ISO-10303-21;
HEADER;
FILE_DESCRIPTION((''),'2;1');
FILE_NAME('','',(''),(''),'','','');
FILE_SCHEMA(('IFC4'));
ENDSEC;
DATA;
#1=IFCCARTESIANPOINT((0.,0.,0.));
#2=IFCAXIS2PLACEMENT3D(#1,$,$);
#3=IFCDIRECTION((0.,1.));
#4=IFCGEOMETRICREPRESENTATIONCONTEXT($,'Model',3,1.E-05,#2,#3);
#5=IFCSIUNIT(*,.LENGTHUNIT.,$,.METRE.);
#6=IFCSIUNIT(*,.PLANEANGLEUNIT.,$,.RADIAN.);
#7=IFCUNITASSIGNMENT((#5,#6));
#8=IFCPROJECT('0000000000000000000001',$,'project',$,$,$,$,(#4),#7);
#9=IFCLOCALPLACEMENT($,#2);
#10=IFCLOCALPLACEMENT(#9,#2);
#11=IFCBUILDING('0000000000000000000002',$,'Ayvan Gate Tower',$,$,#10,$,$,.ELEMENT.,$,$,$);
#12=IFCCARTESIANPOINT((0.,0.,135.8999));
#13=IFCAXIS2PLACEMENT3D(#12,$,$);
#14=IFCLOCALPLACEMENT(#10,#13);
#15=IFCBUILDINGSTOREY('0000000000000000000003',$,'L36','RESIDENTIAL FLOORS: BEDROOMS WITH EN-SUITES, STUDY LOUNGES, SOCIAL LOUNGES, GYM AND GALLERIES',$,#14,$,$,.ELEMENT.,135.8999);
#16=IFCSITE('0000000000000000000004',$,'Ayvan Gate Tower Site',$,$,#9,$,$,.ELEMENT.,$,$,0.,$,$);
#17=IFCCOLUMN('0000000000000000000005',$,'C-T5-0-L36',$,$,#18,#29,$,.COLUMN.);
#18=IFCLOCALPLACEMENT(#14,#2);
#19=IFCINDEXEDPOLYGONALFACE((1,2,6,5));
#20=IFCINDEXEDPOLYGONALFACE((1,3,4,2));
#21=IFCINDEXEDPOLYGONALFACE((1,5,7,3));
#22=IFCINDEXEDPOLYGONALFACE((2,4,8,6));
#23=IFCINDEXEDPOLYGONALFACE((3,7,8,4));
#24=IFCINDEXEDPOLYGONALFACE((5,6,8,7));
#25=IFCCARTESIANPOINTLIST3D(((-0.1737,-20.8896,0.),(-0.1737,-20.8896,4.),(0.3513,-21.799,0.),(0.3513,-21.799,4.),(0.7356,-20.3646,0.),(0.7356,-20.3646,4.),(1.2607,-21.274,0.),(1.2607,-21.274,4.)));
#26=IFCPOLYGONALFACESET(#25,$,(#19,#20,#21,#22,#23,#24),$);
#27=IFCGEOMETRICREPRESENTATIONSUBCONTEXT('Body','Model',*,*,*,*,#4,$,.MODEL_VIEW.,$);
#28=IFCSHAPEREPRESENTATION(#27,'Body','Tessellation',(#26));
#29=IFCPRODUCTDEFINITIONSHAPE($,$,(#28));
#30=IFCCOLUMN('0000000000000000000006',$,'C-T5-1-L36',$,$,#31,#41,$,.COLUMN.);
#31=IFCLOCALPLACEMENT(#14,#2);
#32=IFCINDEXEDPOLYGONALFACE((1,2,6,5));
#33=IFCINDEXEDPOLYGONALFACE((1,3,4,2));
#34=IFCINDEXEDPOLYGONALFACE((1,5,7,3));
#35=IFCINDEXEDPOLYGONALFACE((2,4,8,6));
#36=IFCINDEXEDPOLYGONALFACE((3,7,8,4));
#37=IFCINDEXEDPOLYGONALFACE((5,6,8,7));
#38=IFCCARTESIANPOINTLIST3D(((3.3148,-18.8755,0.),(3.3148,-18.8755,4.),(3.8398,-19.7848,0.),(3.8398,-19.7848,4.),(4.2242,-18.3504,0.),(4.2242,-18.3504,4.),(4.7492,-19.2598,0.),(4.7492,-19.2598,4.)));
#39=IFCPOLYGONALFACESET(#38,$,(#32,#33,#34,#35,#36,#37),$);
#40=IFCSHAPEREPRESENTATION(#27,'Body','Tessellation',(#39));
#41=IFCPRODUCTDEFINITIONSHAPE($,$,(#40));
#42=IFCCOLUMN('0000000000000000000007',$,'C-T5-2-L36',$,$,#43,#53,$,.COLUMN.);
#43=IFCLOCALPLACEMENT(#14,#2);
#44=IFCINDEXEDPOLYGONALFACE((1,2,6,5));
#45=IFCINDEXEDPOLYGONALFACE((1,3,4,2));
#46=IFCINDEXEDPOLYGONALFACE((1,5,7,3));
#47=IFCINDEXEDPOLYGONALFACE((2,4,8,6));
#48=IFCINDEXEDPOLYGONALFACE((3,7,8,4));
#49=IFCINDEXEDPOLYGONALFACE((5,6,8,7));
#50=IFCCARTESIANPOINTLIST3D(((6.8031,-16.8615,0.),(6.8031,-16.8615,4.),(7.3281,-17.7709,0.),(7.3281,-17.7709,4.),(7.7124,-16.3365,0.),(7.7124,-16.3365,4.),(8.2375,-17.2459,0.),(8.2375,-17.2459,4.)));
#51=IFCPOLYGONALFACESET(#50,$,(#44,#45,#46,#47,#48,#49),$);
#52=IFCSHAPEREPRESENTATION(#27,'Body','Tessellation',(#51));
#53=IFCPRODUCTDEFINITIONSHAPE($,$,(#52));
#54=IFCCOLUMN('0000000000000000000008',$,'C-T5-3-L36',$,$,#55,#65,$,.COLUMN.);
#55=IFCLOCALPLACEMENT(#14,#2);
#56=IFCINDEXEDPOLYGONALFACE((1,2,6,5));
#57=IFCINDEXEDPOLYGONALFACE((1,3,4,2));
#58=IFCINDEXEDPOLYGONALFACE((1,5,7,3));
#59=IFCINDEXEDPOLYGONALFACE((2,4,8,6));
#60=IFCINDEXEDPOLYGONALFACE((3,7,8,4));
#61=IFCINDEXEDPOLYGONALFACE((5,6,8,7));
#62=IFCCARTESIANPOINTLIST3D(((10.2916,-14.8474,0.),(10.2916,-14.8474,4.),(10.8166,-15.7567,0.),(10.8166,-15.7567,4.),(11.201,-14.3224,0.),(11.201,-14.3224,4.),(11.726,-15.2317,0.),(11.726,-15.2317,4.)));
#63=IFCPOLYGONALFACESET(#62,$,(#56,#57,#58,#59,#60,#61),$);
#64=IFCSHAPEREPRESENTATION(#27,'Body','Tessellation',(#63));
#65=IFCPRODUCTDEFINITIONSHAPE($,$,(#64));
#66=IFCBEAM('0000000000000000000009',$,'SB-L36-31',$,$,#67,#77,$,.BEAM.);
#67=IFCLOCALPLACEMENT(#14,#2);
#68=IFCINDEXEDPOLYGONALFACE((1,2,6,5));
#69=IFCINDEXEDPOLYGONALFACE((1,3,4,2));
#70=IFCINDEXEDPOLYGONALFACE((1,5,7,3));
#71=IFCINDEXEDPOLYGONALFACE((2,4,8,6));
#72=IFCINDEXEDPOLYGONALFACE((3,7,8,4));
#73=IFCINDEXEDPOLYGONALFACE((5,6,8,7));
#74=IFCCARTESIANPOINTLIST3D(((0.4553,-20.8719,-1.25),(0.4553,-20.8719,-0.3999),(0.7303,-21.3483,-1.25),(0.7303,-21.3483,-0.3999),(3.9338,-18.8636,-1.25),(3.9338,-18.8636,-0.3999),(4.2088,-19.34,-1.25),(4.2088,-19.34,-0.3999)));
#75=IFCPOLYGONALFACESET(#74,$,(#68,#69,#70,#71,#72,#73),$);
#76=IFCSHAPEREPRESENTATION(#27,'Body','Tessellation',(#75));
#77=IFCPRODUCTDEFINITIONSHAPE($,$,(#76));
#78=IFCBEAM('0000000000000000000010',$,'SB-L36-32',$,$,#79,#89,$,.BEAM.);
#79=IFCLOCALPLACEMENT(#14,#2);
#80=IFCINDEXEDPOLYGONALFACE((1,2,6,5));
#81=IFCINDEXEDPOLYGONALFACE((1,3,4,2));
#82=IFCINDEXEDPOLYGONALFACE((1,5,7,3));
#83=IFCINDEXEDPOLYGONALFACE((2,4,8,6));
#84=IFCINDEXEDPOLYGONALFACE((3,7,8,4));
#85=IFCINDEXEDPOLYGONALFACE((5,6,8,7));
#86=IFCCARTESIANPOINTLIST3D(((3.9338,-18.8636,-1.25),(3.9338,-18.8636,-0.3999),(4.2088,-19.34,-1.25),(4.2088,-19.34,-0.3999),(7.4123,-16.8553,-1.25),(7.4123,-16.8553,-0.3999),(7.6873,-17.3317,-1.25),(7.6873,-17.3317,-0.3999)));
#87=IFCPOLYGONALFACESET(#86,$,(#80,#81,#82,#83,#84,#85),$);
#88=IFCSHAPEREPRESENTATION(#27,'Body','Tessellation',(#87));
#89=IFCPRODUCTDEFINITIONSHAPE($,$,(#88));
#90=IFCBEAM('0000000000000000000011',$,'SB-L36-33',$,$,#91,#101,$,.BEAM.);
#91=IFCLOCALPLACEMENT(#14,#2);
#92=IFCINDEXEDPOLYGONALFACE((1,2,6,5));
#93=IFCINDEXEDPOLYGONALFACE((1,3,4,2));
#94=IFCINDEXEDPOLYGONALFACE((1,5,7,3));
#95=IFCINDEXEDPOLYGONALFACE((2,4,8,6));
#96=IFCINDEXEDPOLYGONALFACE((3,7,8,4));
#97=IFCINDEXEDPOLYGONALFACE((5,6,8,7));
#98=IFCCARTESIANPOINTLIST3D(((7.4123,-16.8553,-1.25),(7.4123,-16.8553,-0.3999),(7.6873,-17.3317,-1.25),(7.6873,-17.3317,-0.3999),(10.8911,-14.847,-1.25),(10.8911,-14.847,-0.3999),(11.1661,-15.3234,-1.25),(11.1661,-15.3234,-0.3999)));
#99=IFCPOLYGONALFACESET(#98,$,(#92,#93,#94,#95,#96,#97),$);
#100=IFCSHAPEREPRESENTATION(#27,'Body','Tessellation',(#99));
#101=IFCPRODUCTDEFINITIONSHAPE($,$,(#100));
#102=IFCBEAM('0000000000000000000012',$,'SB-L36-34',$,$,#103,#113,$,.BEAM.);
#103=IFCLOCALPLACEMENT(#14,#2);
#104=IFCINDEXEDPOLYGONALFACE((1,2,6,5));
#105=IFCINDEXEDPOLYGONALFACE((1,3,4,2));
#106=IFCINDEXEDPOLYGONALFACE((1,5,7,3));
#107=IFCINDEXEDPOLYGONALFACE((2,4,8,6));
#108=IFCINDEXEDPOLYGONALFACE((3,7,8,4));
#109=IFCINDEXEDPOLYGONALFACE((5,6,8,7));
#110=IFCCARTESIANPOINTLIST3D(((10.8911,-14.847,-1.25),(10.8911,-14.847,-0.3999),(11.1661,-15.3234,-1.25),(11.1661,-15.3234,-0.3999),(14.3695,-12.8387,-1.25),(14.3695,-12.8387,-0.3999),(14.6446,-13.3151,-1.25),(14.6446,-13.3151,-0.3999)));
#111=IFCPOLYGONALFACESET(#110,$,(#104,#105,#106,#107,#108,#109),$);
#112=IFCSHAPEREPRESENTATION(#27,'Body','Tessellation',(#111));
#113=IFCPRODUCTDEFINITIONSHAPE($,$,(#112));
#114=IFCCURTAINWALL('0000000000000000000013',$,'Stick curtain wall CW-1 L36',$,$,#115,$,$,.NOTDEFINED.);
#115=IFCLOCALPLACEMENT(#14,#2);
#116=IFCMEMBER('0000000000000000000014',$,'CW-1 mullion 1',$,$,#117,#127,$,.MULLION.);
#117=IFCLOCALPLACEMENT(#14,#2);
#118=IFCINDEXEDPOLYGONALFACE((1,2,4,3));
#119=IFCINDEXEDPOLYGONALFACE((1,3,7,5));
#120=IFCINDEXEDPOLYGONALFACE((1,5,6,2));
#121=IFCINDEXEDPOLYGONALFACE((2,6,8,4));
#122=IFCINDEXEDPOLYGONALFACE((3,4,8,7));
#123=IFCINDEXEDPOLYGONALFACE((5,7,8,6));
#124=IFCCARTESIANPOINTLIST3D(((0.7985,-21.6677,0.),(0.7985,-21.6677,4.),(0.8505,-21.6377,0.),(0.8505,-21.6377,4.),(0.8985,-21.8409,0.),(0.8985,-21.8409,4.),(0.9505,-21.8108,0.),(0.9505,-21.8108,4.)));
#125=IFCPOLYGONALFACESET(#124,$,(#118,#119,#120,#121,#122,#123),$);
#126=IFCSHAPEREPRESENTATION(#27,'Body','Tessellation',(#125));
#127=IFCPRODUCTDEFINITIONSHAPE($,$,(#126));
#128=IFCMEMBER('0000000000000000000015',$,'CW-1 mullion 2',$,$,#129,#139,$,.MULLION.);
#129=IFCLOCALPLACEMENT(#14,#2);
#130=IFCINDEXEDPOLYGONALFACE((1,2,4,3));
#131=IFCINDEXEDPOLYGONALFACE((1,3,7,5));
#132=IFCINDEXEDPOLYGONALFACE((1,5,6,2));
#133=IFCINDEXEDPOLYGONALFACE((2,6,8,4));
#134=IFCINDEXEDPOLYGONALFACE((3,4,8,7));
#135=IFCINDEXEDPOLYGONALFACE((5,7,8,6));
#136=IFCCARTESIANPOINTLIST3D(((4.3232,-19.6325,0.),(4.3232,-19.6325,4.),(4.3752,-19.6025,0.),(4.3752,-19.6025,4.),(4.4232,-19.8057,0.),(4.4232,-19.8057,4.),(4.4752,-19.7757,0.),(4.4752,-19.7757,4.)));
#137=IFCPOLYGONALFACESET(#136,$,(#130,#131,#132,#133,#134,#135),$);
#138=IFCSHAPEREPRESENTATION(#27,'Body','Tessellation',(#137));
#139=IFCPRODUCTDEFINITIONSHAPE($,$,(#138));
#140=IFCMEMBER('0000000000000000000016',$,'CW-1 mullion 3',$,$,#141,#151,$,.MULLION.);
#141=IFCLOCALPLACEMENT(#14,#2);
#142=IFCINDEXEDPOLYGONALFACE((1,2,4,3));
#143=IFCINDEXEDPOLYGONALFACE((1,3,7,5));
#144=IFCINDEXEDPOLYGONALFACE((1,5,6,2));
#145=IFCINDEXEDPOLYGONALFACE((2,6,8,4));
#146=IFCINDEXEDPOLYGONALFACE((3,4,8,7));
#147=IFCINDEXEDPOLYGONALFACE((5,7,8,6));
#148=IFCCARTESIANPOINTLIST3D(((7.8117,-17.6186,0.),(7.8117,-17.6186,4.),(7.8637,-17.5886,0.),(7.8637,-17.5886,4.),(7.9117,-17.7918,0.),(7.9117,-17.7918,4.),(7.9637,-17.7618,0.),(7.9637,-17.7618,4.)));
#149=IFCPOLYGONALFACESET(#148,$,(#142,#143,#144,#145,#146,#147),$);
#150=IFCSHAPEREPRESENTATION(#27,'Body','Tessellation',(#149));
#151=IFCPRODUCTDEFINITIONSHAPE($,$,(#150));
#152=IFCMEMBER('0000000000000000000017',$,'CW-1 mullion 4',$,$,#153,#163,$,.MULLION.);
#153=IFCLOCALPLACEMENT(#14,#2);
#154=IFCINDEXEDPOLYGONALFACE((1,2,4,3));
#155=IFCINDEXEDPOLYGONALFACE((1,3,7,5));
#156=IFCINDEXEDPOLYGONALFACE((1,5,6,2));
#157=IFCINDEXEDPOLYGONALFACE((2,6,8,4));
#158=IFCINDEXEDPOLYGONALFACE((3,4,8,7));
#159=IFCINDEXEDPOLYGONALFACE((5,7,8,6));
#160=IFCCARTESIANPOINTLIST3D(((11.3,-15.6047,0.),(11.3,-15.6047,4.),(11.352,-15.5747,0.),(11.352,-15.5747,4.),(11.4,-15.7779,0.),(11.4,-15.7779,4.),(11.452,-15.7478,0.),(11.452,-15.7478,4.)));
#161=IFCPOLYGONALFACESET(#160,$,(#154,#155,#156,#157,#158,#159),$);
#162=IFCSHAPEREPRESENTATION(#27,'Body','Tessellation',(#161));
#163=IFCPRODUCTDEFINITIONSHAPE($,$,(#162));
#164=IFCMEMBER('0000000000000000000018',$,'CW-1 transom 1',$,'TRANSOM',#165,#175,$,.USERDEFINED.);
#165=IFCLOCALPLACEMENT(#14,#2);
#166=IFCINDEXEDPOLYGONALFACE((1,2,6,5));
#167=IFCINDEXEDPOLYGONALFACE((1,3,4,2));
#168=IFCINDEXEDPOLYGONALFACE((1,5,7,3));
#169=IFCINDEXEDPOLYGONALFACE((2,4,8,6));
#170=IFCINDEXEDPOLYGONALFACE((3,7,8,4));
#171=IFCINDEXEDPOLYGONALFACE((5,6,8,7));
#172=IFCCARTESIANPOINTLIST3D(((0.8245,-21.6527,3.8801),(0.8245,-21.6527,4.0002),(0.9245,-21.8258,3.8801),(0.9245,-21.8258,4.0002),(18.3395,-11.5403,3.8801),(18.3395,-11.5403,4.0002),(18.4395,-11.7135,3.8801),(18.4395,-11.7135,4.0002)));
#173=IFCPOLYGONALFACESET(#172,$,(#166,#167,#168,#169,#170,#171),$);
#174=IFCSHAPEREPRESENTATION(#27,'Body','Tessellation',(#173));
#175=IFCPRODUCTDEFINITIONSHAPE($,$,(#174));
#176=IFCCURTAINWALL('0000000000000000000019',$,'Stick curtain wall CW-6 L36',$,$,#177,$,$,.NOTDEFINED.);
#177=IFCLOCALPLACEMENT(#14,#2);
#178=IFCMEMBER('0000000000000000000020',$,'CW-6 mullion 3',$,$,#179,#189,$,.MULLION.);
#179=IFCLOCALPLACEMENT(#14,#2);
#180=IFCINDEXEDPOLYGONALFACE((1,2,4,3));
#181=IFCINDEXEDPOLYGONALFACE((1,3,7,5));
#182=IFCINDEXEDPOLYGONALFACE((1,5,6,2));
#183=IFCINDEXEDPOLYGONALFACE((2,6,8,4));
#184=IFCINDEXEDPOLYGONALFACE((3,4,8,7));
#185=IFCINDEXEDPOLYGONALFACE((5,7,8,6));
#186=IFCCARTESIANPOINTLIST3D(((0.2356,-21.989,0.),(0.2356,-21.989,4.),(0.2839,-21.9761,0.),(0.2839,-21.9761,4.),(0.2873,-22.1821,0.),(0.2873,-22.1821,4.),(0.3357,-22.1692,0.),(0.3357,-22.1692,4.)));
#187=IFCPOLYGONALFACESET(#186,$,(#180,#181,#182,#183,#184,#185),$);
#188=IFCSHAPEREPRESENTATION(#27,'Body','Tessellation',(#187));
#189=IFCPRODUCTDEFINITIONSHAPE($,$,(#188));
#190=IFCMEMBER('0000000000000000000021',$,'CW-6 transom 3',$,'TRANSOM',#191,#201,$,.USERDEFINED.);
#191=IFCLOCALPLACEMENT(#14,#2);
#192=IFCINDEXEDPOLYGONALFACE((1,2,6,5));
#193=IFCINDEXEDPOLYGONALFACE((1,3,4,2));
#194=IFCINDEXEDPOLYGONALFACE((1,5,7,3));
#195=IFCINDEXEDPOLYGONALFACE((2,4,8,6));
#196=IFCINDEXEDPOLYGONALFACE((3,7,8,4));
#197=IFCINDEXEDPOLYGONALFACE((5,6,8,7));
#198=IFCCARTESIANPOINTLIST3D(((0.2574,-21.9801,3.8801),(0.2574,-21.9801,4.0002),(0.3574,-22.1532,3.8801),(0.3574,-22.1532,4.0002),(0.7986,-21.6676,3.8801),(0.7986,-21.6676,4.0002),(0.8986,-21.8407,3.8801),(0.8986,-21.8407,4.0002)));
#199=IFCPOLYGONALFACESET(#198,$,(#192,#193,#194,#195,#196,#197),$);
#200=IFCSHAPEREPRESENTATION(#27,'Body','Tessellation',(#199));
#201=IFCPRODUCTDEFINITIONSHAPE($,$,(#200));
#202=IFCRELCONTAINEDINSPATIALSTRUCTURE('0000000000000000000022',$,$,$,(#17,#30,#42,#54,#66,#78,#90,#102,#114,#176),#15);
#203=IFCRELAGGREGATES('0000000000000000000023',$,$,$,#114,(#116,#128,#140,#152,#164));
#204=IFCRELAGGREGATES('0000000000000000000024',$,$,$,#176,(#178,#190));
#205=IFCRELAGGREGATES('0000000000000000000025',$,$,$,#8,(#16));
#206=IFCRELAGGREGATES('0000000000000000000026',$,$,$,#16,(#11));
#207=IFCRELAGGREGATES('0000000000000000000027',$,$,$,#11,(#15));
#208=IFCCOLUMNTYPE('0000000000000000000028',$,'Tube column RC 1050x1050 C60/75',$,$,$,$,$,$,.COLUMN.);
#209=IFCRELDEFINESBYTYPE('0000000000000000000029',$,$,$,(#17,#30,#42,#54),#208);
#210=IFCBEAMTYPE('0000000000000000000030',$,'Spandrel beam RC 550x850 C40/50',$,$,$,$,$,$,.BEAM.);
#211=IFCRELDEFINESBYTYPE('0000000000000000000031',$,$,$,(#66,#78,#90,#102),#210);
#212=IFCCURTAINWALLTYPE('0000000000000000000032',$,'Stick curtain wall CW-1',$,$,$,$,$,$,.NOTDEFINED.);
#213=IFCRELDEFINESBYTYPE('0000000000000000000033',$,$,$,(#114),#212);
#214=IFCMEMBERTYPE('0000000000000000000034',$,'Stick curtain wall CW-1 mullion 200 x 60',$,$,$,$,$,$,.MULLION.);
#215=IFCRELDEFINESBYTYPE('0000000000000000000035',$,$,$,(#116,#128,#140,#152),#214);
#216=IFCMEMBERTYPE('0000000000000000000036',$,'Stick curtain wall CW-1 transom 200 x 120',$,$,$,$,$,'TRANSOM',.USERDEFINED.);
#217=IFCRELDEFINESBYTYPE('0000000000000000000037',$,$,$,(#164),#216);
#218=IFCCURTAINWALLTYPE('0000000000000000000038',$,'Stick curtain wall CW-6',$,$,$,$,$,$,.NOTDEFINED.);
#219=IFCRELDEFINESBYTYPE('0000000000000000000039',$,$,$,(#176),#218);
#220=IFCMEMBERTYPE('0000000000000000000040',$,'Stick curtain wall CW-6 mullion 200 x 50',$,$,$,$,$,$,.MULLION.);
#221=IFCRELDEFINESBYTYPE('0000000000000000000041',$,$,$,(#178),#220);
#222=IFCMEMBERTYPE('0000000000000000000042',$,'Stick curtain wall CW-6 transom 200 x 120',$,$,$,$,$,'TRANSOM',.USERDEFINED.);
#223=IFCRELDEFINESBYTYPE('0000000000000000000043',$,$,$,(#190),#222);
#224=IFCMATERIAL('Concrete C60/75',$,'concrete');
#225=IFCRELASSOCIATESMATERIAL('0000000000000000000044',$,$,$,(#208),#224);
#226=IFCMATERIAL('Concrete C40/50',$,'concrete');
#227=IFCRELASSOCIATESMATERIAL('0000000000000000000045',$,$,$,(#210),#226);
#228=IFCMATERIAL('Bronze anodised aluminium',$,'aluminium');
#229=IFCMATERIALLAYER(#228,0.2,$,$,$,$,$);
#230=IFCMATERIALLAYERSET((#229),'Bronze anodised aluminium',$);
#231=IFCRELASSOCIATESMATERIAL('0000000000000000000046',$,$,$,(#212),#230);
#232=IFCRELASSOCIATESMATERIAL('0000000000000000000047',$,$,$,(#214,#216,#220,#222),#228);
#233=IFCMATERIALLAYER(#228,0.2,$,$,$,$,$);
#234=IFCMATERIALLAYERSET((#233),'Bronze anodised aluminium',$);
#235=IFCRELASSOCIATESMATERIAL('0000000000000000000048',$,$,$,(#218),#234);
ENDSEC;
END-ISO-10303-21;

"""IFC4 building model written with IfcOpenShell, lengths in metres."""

from ifc_helpers import new_model, si_unit, direction, frame, origin, origin_2d, place, context, subcontext, project, spatial, rectangle, extrude, material, layer, layer_set, material_profile, profile_set, type_object, element, aggregate, save


model = new_model("IFC4")

# Units and contexts
model_context = context("Model", 3, precision=1e-05, world=origin(), true_north=direction((0.0, 1.0)))
body_context = subcontext(model_context, "Body", "Model", "MODEL_VIEW")
ifc_project = project(units=[si_unit("LENGTHUNIT", "METRE"), si_unit("PLANEANGLEUNIT", "RADIAN")], contexts=[model_context])

# Site, building, storey
site_placement = place(None, origin())
site = spatial("IfcSite", under=ifc_project, at=site_placement, Name="Ayvan Gate Tower Site", CompositionType="ELEMENT", RefElevation=0.0)
building_placement = place(site_placement, origin())
building = spatial("IfcBuilding", under=site, at=building_placement, Name="Ayvan Gate Tower", CompositionType="ELEMENT")
storey_placement = place(building_placement, frame((0.0, 0.0, 135.8999)))
storey = spatial("IfcBuildingStorey", under=building, at=storey_placement, Name="L36", Description="RESIDENTIAL FLOORS: BEDROOMS WITH EN-SUITES, STUDY LOUNGES, SOCIAL LOUNGES, GYM AND GALLERIES", CompositionType="ELEMENT", Elevation=135.8999)

# Columns
ifc_material_1 = material(Name="Concrete C60/75", Category="concrete")
ifc_material_profile_1 = material_profile(ifc_material_1, rectangle(XDim=1.05, YDim=1.05, at=origin_2d()), Name="RC 1050x1050")
ifc_profile_set_1 = profile_set([ifc_material_profile_1], Name="Concrete C60/75")
column_type = type_object("IfcColumnType", Name="Tube column RC 1050x1050 C60/75", PredefinedType="COLUMN", material=ifc_profile_set_1)
for number, where, z_axis, x_axis, name in (
    (1, (0.5435, -21.0818, 0.0), (0.0, 0.0, 1.0), (0.5, -0.866025, 0.0), "C-T5-0-L36"),
    (2, (4.032, -19.0676, 0.0), (0.0, 0.0, 1.0), (0.5, -0.866025, 0.0), "C-T5-1-L36"),
    (3, (7.5203, -17.0537, 0.0), (0.0, 0.0, 1.0), (0.5, -0.866025, 0.0), "C-T5-2-L36"),
    (4, (11.0088, -15.0396, 0.0), (0.0, 0.0, 1.0), (0.5, -0.866025, 0.0), "C-T5-3-L36"),
):
    element("IfcColumn", number, at=place(storey_placement, frame(where, z_axis=z_axis, x_axis=x_axis)), inside=storey, type_object=column_type, Name=name, PredefinedType="COLUMN", context=body_context, shape_type="SweptSolid", body=[
        extrude(rectangle(XDim=1.05, YDim=1.05, at=origin_2d()), origin(), (0.0, 0.0, 1.0), 4.0),
    ])

# Beams
ifc_material_2 = material(Name="Concrete C40/50", Category="concrete")
ifc_material_profile_2 = material_profile(ifc_material_2, rectangle(XDim=0.55, YDim=0.8501, at=origin_2d()), Name="RC 550x850")
ifc_profile_set_2 = profile_set([ifc_material_profile_2], Name="Concrete C40/50")
beam_type = type_object("IfcBeamType", Name="Spandrel beam RC 550x850 C40/50", PredefinedType="BEAM", material=ifc_profile_set_2)
for number, where, z_axis, x_axis, name in (
    (5, (0.5928, -21.1101, -0.825), (0.866028, 0.499996, 0.0), (-0.499996, 0.866028, 0.0), "SB-L36-31"),
    (6, (4.0713, -19.1018, -0.825), (0.866028, 0.499996, 0.0), (-0.499996, 0.866028, 0.0), "SB-L36-32"),
):
    element("IfcBeam", number, at=place(storey_placement, frame(where, z_axis=z_axis, x_axis=x_axis)), inside=storey, type_object=beam_type, Name=name, PredefinedType="BEAM", context=body_context, shape_type="SweptSolid", body=[
        extrude(rectangle(XDim=0.55, YDim=0.8501, at=origin_2d()), origin(), (0.0, 0.0, 1.0), 4.0166),
    ])
beam_1_placement = place(storey_placement, frame((7.5498, -17.0935, -0.825), z_axis=(0.866043, 0.49997, 0.0), x_axis=(-0.49997, 0.866043, 0.0)))
element("IfcBeam", 7, at=beam_1_placement, inside=storey, type_object=beam_type, Name="SB-L36-33", PredefinedType="BEAM", context=body_context, shape_type="SweptSolid", body=[
    extrude(rectangle(XDim=0.55, YDim=0.8501, at=origin_2d()), origin(), (0.0, 0.0, 1.0), 4.0168),
])
beam_2_placement = place(storey_placement, frame((11.0286, -15.0852, -0.825), z_axis=(0.866028, 0.499996, 0.0), x_axis=(-0.499996, 0.866028, 0.0)))
element("IfcBeam", 8, at=beam_2_placement, inside=storey, type_object=beam_type, Name="SB-L36-34", PredefinedType="BEAM", context=body_context, shape_type="SweptSolid", body=[
    extrude(rectangle(XDim=0.55, YDim=0.8501, at=origin_2d()), origin(), (0.0, 0.0, 1.0), 4.0166),
])

# Curtain walls, members
ifc_material_3 = material(Name="Bronze anodised aluminium", Category="aluminium")
ifc_layer_1 = layer(ifc_material_3, 0.2)
ifc_layer_set_1 = layer_set([ifc_layer_1], Name="Bronze anodised aluminium")
curtain_wall_type_1 = type_object("IfcCurtainWallType", Name="Stick curtain wall CW-1", PredefinedType="NOTDEFINED", material=ifc_layer_set_1)
curtain_wall_1_placement = place(storey_placement, origin())
curtain_wall_1 = element("IfcCurtainWall", 9, at=curtain_wall_1_placement, inside=storey, type_object=curtain_wall_type_1, Name="Stick curtain wall CW-1 L36", PredefinedType="NOTDEFINED")
ifc_material_profile_3 = material_profile(ifc_material_3, rectangle(XDim=0.2, YDim=0.0601, at=origin_2d()), Name="Stick curtain wall CW-1 mullion 200 x 60")
ifc_profile_set_3 = profile_set([ifc_material_profile_3], Name="Bronze anodised aluminium")
member_type_1 = type_object("IfcMemberType", Name="Stick curtain wall CW-1 mullion 200 x 60", PredefinedType="MULLION", material=ifc_profile_set_3)
member_1_placement = place(storey_placement, frame((0.8745, -21.7393, 0.0), z_axis=(0.0, 0.0, 1.0), x_axis=(0.5, -0.866025, 0.0)))
member_1 = element("IfcMember", 10, at=member_1_placement, type_object=member_type_1, Name="CW-1 mullion 1", PredefinedType="MULLION", context=body_context, shape_type="SweptSolid", body=[
    extrude(rectangle(XDim=0.2, YDim=0.0601, at=origin_2d()), origin(), (0.0, 0.0, 1.0), 4.0),
])
member_2_placement = place(storey_placement, frame((4.3992, -19.7041, 0.0), z_axis=(0.0, 0.0, 1.0), x_axis=(0.5, -0.866025, 0.0)))
member_2 = element("IfcMember", 11, at=member_2_placement, type_object=member_type_1, Name="CW-1 mullion 2", PredefinedType="MULLION", context=body_context, shape_type="SweptSolid", body=[
    extrude(rectangle(XDim=0.2, YDim=0.0601, at=origin_2d()), origin(), (0.0, 0.0, 1.0), 4.0),
])
member_3_placement = place(storey_placement, frame((7.8877, -17.6902, 0.0), z_axis=(0.0, 0.0, 1.0), x_axis=(0.5, -0.866025, 0.0)))
member_3 = element("IfcMember", 12, at=member_3_placement, type_object=member_type_1, Name="CW-1 mullion 3", PredefinedType="MULLION", context=body_context, shape_type="SweptSolid", body=[
    extrude(rectangle(XDim=0.2, YDim=0.0601, at=origin_2d()), origin(), (0.0, 0.0, 1.0), 4.0),
])
member_4_placement = place(storey_placement, frame((11.376, -15.6763, 0.0), z_axis=(0.0, 0.0, 1.0), x_axis=(0.5, -0.866025, 0.0)))
member_4 = element("IfcMember", 13, at=member_4_placement, type_object=member_type_1, Name="CW-1 mullion 4", PredefinedType="MULLION", context=body_context, shape_type="SweptSolid", body=[
    extrude(rectangle(XDim=0.2, YDim=0.0601, at=origin_2d()), origin(), (0.0, 0.0, 1.0), 4.0),
])
ifc_material_profile_4 = material_profile(ifc_material_3, rectangle(XDim=0.2, YDim=0.1201, at=origin_2d()), Name="Stick curtain wall CW-1 transom 200 x 120")
ifc_profile_set_4 = profile_set([ifc_material_profile_4], Name="Bronze anodised aluminium")
member_type_2 = type_object("IfcMemberType", Name="Stick curtain wall CW-1 transom 200 x 120", ElementType="TRANSOM", PredefinedType="USERDEFINED", material=ifc_profile_set_4)
member_5_placement = place(storey_placement, frame((0.8745, -21.7393, 3.9402), z_axis=(0.866024, 0.500003, 0.0), x_axis=(-0.500003, 0.866024, 0.0)))
member_5 = element("IfcMember", 14, at=member_5_placement, type_object=member_type_2, Name="CW-1 transom 1", ObjectType="TRANSOM", PredefinedType="USERDEFINED", context=body_context, shape_type="SweptSolid", body=[
    extrude(rectangle(XDim=0.2, YDim=0.1201, at=origin_2d()), origin(), (0.0, 0.0, 1.0), 20.2246),
])
ifc_layer_2 = layer(ifc_material_3, 0.2)
ifc_layer_set_2 = layer_set([ifc_layer_2], Name="Bronze anodised aluminium")
curtain_wall_type_2 = type_object("IfcCurtainWallType", Name="Stick curtain wall CW-6", PredefinedType="NOTDEFINED", material=ifc_layer_set_2)
curtain_wall_2_placement = place(storey_placement, origin())
curtain_wall_2 = element("IfcCurtainWall", 15, at=curtain_wall_2_placement, inside=storey, type_object=curtain_wall_type_2, Name="Stick curtain wall CW-6 L36", PredefinedType="NOTDEFINED")
ifc_material_profile_5 = material_profile(ifc_material_3, rectangle(XDim=0.2, YDim=0.05, at=origin_2d()), Name="Stick curtain wall CW-6 mullion 200 x 50")
ifc_profile_set_5 = profile_set([ifc_material_profile_5], Name="Bronze anodised aluminium")
member_type_3 = type_object("IfcMemberType", Name="Stick curtain wall CW-6 mullion 200 x 50", PredefinedType="MULLION", material=ifc_profile_set_5)
member_6_placement = place(storey_placement, frame((0.2856, -22.0791, 0.0), z_axis=(0.0, 0.0, 1.0), x_axis=(0.258819, -0.965926, 0.0)))
member_6 = element("IfcMember", 16, at=member_6_placement, type_object=member_type_3, Name="CW-6 mullion 3", PredefinedType="MULLION", context=body_context, shape_type="SweptSolid", body=[
    extrude(rectangle(XDim=0.2, YDim=0.05, at=origin_2d()), origin(), (0.0, 0.0, 1.0), 4.0),
])
ifc_material_profile_6 = material_profile(ifc_material_3, rectangle(XDim=0.2, YDim=0.1201, at=origin_2d()), Name="Stick curtain wall CW-6 transom 200 x 120")
ifc_profile_set_6 = profile_set([ifc_material_profile_6], Name="Bronze anodised aluminium")
member_type_4 = type_object("IfcMemberType", Name="Stick curtain wall CW-6 transom 200 x 120", ElementType="TRANSOM", PredefinedType="USERDEFINED", material=ifc_profile_set_6)
member_7_placement = place(storey_placement, frame((0.3074, -22.0667, 3.9402), z_axis=(0.866023, 0.500004, 0.0), x_axis=(-0.500004, 0.866023, 0.0)))
member_7 = element("IfcMember", 17, at=member_7_placement, type_object=member_type_4, Name="CW-6 transom 3", ObjectType="TRANSOM", PredefinedType="USERDEFINED", context=body_context, shape_type="SweptSolid", body=[
    extrude(rectangle(XDim=0.2, YDim=0.1201, at=origin_2d()), origin(), (0.0, 0.0, 1.0), 0.625),
])

aggregate(curtain_wall_1, [member_1, member_2, member_3, member_4, member_5])
aggregate(curtain_wall_2, [member_6, member_7])

save(model, "model.ifc")
